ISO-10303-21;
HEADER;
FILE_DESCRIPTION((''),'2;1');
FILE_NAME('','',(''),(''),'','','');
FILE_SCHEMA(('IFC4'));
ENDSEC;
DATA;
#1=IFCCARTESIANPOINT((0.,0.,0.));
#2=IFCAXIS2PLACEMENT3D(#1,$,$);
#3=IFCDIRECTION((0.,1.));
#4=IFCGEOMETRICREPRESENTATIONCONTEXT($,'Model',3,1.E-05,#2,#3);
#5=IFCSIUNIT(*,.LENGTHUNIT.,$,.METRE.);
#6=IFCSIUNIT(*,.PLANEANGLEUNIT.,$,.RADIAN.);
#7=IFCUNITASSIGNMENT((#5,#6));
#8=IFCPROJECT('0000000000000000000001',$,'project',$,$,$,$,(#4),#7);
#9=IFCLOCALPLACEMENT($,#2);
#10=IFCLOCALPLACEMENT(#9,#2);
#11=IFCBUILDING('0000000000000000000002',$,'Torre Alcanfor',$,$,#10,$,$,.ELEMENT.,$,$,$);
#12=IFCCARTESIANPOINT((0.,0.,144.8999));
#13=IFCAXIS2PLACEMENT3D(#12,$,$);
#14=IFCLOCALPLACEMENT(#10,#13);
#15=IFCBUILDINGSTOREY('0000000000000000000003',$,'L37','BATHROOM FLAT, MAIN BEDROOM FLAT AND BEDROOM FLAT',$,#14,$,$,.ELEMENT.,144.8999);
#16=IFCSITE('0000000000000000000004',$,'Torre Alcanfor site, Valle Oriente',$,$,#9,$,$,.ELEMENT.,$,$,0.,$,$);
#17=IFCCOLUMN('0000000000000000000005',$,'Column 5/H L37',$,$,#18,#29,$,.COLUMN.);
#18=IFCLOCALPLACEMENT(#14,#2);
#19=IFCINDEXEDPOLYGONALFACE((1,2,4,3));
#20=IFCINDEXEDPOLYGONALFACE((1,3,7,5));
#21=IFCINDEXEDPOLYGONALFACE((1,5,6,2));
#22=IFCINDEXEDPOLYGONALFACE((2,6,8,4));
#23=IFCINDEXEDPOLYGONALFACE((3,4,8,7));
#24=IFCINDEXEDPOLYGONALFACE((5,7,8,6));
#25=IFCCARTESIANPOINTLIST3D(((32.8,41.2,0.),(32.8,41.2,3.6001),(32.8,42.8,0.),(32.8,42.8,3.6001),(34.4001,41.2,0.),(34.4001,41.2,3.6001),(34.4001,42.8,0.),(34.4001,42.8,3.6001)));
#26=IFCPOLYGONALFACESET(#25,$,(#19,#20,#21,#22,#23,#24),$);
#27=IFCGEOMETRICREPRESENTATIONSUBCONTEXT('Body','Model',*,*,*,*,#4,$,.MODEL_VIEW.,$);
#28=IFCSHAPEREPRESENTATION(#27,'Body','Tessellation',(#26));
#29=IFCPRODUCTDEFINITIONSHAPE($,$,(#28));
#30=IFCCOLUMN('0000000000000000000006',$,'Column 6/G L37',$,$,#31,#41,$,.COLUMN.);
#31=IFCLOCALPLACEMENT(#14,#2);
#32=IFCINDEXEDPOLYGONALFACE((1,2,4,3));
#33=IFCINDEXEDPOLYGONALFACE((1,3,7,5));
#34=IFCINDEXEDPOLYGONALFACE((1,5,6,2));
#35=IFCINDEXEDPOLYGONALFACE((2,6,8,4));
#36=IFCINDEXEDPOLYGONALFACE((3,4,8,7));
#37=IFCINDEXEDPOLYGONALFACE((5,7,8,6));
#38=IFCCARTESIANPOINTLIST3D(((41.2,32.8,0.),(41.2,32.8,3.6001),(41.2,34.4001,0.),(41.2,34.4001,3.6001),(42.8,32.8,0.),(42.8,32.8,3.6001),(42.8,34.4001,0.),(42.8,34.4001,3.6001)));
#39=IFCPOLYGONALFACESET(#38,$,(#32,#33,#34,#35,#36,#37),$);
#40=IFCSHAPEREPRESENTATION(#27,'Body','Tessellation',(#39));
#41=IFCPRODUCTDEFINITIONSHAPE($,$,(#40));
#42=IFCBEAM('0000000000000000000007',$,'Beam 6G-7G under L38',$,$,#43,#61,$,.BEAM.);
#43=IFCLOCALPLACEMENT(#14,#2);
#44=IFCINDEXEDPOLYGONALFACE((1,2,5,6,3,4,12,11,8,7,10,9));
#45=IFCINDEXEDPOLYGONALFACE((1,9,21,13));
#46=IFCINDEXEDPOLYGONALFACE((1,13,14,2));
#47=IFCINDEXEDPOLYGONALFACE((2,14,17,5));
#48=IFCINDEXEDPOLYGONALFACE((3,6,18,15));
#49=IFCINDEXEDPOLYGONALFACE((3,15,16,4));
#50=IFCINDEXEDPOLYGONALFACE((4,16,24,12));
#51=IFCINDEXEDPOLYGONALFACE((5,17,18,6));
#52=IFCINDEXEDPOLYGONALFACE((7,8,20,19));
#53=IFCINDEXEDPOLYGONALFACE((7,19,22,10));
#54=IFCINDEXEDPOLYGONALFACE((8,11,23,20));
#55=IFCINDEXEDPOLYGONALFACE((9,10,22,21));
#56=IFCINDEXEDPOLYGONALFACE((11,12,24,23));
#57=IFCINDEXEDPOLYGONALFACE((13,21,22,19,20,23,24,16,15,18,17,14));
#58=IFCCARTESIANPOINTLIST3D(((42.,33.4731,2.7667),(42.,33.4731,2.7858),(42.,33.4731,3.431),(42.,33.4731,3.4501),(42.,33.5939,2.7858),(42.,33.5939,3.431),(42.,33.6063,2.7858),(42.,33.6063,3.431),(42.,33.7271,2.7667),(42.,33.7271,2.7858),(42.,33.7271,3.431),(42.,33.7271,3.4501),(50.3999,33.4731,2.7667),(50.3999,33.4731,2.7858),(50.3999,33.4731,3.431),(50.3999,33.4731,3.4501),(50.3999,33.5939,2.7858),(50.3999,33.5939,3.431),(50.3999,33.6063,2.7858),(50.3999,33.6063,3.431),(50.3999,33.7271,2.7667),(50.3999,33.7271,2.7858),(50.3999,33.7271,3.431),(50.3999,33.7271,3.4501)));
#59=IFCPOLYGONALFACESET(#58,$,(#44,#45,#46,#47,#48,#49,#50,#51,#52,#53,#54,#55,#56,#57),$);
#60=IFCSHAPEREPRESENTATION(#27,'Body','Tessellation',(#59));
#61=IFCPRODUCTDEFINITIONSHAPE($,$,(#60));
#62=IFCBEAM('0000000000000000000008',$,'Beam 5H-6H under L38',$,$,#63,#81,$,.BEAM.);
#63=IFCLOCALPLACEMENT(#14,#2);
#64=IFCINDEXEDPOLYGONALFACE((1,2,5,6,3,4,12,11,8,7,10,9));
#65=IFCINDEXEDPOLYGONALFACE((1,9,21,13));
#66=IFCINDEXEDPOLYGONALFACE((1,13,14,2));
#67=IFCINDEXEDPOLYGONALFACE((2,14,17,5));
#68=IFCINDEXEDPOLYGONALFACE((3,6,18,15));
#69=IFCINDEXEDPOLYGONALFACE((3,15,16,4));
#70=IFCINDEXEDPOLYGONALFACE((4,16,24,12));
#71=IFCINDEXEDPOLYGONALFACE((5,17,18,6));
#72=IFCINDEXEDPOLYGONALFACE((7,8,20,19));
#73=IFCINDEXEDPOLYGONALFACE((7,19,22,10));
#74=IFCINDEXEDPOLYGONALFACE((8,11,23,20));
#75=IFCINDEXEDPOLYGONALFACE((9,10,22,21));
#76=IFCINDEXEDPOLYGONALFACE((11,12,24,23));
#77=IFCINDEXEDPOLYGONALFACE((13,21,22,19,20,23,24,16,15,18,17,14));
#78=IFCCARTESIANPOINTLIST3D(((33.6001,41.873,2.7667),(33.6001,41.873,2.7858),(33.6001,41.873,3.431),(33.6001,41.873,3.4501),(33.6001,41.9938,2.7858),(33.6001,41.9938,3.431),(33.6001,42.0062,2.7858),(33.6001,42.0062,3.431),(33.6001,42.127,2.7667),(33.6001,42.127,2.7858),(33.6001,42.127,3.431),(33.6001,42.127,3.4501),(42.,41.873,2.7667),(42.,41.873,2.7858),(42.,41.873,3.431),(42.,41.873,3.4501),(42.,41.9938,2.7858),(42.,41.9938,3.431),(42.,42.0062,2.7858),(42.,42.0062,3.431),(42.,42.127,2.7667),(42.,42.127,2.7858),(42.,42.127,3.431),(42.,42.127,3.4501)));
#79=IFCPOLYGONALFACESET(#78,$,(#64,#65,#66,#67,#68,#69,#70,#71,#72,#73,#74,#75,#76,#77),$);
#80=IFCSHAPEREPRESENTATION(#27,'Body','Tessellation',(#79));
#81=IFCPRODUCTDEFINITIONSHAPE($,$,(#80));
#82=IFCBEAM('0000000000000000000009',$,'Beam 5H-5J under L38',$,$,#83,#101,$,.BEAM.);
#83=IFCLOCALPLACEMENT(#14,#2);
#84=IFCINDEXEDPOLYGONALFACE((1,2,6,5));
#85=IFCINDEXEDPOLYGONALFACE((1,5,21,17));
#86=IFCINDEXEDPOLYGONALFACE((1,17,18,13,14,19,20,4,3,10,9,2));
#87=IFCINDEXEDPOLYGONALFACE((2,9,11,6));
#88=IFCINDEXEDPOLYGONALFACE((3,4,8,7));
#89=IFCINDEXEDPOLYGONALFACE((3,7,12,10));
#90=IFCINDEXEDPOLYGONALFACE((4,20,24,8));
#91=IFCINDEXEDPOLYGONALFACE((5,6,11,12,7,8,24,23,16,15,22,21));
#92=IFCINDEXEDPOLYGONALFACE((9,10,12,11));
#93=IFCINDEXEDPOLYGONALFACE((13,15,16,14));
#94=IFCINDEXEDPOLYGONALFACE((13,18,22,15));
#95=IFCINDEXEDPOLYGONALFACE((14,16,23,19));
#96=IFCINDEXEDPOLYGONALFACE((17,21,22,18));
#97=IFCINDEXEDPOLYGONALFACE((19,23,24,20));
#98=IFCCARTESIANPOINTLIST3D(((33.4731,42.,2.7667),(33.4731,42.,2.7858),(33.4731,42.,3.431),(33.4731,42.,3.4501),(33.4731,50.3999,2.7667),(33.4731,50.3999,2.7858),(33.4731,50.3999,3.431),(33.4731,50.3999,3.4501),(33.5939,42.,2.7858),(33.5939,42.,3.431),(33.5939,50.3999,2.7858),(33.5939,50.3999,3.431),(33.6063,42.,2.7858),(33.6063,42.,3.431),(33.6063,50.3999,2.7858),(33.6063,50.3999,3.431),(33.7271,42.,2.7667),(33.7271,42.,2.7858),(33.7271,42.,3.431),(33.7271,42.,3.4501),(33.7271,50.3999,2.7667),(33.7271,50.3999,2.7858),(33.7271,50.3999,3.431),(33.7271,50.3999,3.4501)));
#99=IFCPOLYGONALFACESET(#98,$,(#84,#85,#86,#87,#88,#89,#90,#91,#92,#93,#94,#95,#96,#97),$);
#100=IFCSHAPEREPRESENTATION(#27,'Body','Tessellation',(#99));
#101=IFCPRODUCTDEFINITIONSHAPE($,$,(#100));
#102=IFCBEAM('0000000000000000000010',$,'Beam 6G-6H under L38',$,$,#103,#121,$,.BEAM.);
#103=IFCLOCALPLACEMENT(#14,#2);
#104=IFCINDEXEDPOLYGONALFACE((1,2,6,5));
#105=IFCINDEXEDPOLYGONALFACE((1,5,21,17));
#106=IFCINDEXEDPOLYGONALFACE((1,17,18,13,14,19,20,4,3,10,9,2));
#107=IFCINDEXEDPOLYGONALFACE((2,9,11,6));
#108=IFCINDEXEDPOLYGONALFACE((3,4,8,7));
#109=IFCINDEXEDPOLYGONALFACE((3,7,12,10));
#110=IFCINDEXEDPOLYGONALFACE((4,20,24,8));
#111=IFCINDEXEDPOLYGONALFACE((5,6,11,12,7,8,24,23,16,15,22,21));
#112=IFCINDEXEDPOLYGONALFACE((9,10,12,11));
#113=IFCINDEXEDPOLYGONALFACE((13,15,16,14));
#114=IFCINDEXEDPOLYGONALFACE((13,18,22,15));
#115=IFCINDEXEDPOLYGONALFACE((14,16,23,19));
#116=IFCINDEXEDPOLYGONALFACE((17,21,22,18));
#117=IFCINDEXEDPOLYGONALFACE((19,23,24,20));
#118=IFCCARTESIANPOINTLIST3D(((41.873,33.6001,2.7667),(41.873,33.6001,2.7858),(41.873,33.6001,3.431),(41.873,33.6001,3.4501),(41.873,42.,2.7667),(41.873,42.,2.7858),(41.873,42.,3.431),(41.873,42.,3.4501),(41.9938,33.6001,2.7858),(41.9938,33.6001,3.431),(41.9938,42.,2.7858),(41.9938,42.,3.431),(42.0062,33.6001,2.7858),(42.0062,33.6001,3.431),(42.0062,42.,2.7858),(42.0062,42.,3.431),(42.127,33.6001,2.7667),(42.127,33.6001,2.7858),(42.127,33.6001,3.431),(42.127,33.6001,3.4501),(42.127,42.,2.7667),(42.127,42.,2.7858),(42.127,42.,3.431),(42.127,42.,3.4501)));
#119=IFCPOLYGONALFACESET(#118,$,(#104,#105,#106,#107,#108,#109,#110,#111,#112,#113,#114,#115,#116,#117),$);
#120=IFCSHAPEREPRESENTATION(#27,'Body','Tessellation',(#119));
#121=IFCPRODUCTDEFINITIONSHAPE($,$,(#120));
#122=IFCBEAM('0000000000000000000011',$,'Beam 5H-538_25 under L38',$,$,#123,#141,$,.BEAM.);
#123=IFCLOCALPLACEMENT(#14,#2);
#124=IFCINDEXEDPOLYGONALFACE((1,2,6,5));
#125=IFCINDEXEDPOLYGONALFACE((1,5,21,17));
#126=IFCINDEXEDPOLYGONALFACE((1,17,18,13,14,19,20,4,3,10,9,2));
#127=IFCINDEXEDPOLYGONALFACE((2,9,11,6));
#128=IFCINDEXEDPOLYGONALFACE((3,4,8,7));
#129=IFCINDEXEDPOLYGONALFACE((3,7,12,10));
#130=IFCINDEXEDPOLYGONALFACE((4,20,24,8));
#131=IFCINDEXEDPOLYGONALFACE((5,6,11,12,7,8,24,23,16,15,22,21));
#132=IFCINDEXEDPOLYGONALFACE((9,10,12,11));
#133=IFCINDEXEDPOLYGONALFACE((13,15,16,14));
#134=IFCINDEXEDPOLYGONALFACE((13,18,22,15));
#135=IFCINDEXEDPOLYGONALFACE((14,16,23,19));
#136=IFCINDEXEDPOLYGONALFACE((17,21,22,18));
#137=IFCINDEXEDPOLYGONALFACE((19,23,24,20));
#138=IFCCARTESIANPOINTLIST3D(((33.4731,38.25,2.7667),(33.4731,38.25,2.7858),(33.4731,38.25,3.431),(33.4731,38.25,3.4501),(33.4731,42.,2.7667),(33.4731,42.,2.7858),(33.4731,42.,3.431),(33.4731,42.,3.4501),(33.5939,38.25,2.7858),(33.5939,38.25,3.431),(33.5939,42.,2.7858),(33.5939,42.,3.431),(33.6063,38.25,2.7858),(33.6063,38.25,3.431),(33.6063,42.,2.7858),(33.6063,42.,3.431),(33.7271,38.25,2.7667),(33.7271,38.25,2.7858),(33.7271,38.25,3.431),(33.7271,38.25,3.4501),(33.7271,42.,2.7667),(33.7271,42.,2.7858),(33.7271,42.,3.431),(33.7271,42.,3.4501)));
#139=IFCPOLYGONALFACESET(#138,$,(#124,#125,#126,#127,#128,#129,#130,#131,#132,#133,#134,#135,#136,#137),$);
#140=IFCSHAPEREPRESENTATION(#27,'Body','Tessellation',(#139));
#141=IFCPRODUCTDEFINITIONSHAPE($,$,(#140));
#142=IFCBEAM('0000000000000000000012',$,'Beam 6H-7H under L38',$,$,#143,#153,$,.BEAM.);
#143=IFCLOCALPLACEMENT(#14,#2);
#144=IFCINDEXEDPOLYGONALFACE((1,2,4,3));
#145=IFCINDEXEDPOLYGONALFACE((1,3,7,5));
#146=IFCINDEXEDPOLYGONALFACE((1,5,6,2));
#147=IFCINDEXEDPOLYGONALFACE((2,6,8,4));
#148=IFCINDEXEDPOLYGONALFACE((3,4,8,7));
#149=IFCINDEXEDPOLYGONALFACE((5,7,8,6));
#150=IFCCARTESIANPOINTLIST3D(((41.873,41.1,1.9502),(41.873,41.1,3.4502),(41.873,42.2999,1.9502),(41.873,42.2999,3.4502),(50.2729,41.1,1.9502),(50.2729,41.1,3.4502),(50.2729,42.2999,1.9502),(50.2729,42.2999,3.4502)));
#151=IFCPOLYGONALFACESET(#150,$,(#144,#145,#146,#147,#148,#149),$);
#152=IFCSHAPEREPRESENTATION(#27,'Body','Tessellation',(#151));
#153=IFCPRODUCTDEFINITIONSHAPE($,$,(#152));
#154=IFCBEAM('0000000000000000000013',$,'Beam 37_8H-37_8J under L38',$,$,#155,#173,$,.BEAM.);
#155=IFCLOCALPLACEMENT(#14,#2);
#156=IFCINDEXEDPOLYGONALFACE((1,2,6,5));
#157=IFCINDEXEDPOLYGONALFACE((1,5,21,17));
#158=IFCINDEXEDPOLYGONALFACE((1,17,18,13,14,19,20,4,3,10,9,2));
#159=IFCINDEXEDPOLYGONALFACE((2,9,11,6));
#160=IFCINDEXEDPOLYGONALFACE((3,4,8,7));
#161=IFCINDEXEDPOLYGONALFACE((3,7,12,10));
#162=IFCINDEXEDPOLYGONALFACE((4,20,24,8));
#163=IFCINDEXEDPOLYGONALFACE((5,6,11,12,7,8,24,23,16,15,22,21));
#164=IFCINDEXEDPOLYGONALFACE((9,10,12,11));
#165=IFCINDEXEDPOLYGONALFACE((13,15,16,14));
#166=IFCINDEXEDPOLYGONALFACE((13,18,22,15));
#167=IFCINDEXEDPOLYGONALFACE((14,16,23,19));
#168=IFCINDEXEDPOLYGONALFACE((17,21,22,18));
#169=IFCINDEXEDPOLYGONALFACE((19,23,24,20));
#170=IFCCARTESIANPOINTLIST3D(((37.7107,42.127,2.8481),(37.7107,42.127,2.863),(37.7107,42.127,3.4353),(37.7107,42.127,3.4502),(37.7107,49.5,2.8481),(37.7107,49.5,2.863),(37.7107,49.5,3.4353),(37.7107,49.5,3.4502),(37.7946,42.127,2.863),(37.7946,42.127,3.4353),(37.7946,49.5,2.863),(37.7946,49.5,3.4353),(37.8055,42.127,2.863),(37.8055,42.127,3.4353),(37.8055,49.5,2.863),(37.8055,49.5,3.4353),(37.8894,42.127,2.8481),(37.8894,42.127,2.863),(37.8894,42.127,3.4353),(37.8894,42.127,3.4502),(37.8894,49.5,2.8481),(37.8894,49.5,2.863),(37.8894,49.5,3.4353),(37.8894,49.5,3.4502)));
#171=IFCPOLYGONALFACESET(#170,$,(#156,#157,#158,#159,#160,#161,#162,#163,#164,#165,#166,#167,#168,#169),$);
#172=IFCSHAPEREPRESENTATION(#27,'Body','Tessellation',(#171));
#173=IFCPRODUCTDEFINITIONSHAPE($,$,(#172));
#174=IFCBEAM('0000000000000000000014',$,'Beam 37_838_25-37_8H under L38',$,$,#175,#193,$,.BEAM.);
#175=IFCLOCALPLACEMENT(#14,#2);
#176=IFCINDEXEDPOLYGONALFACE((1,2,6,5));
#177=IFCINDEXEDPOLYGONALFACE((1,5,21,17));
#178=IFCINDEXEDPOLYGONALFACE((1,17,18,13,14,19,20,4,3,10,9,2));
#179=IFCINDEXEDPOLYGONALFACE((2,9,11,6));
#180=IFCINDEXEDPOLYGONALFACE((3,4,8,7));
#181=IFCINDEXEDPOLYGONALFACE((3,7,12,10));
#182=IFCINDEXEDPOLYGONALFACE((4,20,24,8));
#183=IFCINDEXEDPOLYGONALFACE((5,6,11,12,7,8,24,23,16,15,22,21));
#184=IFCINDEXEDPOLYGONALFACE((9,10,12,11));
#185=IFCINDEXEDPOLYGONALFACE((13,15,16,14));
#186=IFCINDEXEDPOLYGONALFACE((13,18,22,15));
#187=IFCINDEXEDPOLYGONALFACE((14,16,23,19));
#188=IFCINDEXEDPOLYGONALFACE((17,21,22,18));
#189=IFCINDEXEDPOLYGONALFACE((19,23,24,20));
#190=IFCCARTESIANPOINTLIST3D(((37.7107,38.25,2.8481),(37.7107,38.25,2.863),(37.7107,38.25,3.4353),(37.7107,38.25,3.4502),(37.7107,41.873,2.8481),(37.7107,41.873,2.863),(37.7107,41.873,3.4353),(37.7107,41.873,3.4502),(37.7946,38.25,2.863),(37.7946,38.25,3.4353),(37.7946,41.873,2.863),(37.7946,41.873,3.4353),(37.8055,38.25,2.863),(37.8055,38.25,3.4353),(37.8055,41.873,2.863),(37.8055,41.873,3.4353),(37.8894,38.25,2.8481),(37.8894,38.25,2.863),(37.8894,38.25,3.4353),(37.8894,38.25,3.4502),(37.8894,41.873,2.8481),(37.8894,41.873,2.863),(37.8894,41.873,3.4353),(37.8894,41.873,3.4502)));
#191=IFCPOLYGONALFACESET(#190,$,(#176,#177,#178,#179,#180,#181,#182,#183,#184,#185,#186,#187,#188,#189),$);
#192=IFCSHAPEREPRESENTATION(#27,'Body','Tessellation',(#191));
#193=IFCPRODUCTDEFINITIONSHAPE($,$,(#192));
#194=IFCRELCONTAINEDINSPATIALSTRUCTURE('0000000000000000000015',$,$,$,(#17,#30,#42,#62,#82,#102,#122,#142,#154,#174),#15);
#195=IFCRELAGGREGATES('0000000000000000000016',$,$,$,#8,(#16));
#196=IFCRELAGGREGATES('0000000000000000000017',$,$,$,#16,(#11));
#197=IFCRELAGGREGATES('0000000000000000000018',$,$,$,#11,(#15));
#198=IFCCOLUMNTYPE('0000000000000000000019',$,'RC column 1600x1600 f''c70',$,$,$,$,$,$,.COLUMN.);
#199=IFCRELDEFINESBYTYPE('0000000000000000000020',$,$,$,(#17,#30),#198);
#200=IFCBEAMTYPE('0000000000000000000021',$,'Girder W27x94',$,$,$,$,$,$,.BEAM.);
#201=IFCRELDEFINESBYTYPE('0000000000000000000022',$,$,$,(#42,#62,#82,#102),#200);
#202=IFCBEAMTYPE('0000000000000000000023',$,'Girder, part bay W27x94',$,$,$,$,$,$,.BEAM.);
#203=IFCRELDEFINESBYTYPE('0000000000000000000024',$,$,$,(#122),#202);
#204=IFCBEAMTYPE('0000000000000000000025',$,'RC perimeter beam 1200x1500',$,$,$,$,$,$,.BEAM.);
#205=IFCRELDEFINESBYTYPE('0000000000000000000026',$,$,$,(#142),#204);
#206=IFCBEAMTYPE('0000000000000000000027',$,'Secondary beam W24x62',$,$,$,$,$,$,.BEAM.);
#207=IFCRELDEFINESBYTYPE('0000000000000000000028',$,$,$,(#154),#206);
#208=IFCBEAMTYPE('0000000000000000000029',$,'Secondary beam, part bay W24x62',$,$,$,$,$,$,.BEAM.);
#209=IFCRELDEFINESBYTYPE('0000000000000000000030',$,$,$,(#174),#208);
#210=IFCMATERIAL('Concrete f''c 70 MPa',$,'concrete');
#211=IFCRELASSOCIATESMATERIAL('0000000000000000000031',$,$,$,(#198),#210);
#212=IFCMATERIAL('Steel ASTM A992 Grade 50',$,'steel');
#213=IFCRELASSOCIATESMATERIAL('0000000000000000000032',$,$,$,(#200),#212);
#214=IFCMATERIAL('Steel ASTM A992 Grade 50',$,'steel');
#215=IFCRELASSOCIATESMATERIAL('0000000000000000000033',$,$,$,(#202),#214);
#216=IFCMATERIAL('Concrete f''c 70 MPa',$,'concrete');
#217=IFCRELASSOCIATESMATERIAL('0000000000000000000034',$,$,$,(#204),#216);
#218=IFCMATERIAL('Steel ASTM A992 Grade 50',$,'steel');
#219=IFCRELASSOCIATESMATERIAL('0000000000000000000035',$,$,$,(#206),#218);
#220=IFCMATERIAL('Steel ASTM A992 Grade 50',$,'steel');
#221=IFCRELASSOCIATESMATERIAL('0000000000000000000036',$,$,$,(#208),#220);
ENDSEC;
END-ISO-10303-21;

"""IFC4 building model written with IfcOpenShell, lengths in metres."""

from ifc_helpers import new_model, si_unit, direction, frame, origin, origin_2d, place, context, subcontext, project, spatial, rectangle, i_section, extrude, material, material_profile, profile_set, type_object, element, save


model = new_model("IFC4")

# Units and contexts
model_context = context("Model", 3, precision=1e-05, world=origin(), true_north=direction((0.0, 1.0)))
body_context = subcontext(model_context, "Body", "Model", "MODEL_VIEW")
ifc_project = project(units=[si_unit("LENGTHUNIT", "METRE"), si_unit("PLANEANGLEUNIT", "RADIAN")], contexts=[model_context])

# Site, building, storey
site_placement = place(None, origin())
site = spatial("IfcSite", under=ifc_project, at=site_placement, Name="Torre Alcanfor site, Valle Oriente", CompositionType="ELEMENT", RefElevation=0.0)
building_placement = place(site_placement, origin())
building = spatial("IfcBuilding", under=site, at=building_placement, Name="Torre Alcanfor", CompositionType="ELEMENT")
storey_placement = place(building_placement, frame((0.0, 0.0, 144.8999)))
storey = spatial("IfcBuildingStorey", under=building, at=storey_placement, Name="L37", Description="BATHROOM FLAT, MAIN BEDROOM FLAT AND BEDROOM FLAT", CompositionType="ELEMENT", Elevation=144.8999)

# Columns
ifc_material_1 = material(Name="Concrete f'c 70 MPa", Category="concrete")
ifc_material_profile_1 = material_profile(ifc_material_1, rectangle(XDim=1.6001, YDim=1.6001, at=origin_2d()), Name="1600x1600")
ifc_profile_set_1 = profile_set([ifc_material_profile_1], Name="Concrete f'c 70 MPa")
column_type = type_object("IfcColumnType", Name="RC column 1600x1600 f'c70", PredefinedType="COLUMN", material=ifc_profile_set_1)
for number, where, z_axis, x_axis, name in (
    (1, (33.6001, 42.0, 0.0), (0.0, 0.0, 1.0), (1.0, 0.0, 0.0), "Column 5/H L37"),
    (2, (42.0, 33.6001, 0.0), (0.0, 0.0, 1.0), (1.0, 0.0, 0.0), "Column 6/G L37"),
):
    element("IfcColumn", number, at=place(storey_placement, frame(where, z_axis=z_axis, x_axis=x_axis)), inside=storey, type_object=column_type, Name=name, PredefinedType="COLUMN", context=body_context, shape_type="SweptSolid", body=[
        extrude(rectangle(XDim=1.6001, YDim=1.6001, at=origin_2d()), origin(), (0.0, 0.0, 1.0), 3.6001),
    ])

# Beams
ifc_material_2 = material(Name="Steel ASTM A992 Grade 50", Category="steel")
ifc_material_profile_2 = material_profile(ifc_material_2, i_section(OverallWidth=0.2539, OverallDepth=0.6833, WebThickness=0.0125, FlangeThickness=0.019, at=origin_2d()), Name="W27x94")
ifc_profile_set_2 = profile_set([ifc_material_profile_2], Name="Steel ASTM A992 Grade 50")
beam_type_1 = type_object("IfcBeamType", Name="Girder W27x94", PredefinedType="BEAM", material=ifc_profile_set_2)
for number, where, z_axis, x_axis, name in (
    (3, (42.0, 33.6001, 3.1084), (1.0, 0.0, 0.0), (0.0, 1.0, 0.0), "Beam 6G-7G under L38"),
    (4, (33.6001, 42.0, 3.1084), (1.0, 0.0, 0.0), (0.0, 1.0, 0.0), "Beam 5H-6H under L38"),
    (5, (33.6001, 42.0, 3.1084), (0.0, 1.0, 0.0), (-1.0, 0.0, 0.0), "Beam 5H-5J under L38"),
    (6, (42.0, 33.6001, 3.1084), (0.0, 1.0, 0.0), (-1.0, 0.0, 0.0), "Beam 6G-6H under L38"),
):
    element("IfcBeam", number, at=place(storey_placement, frame(where, z_axis=z_axis, x_axis=x_axis)), inside=storey, type_object=beam_type_1, Name=name, PredefinedType="BEAM", context=body_context, shape_type="SweptSolid", body=[
        extrude(i_section(OverallWidth=0.2539, OverallDepth=0.6833, WebThickness=0.0125, FlangeThickness=0.019, at=origin_2d()), origin(), (0.0, 0.0, 1.0), 8.3999),
    ])
ifc_material_3 = material(Name="Steel ASTM A992 Grade 50", Category="steel")
ifc_material_profile_3 = material_profile(ifc_material_3, i_section(OverallWidth=0.2539, OverallDepth=0.6833, WebThickness=0.0125, FlangeThickness=0.019, at=origin_2d()), Name="W27x94")
ifc_profile_set_3 = profile_set([ifc_material_profile_3], Name="Steel ASTM A992 Grade 50")
beam_type_2 = type_object("IfcBeamType", Name="Girder, part bay W27x94", PredefinedType="BEAM", material=ifc_profile_set_3)
beam_1_placement = place(storey_placement, frame((33.6001, 42.0, 3.1084), z_axis=(0.0, -1.0, 0.0), x_axis=(1.0, 0.0, 0.0)))
element("IfcBeam", 7, at=beam_1_placement, inside=storey, type_object=beam_type_2, Name="Beam 5H-538_25 under L38", PredefinedType="BEAM", context=body_context, shape_type="SweptSolid", body=[
    extrude(i_section(OverallWidth=0.2539, OverallDepth=0.6833, WebThickness=0.0125, FlangeThickness=0.019, at=origin_2d()), origin(), (0.0, 0.0, 1.0), 3.75),
])
ifc_material_4 = material(Name="Concrete f'c 70 MPa", Category="concrete")
ifc_material_profile_4 = material_profile(ifc_material_4, rectangle(XDim=1.2, YDim=1.5, at=origin_2d()), Name="1200x1500")
ifc_profile_set_4 = profile_set([ifc_material_profile_4], Name="Concrete f'c 70 MPa")
beam_type_3 = type_object("IfcBeamType", Name="RC perimeter beam 1200x1500", PredefinedType="BEAM", material=ifc_profile_set_4)
beam_2_placement = place(storey_placement, frame((41.873, 41.7, 2.7002), z_axis=(1.0, 0.0, 0.0), x_axis=(0.0, 1.0, 0.0)))
element("IfcBeam", 8, at=beam_2_placement, inside=storey, type_object=beam_type_3, Name="Beam 6H-7H under L38", PredefinedType="BEAM", context=body_context, shape_type="SweptSolid", body=[
    extrude(rectangle(XDim=1.2, YDim=1.5, at=origin_2d()), origin(), (0.0, 0.0, 1.0), 8.3999),
])
ifc_material_5 = material(Name="Steel ASTM A992 Grade 50", Category="steel")
ifc_material_profile_5 = material_profile(ifc_material_5, i_section(OverallWidth=0.1787, OverallDepth=0.6021, WebThickness=0.011, FlangeThickness=0.0149, at=origin_2d()), Name="W24x62")
ifc_profile_set_5 = profile_set([ifc_material_profile_5], Name="Steel ASTM A992 Grade 50")
beam_type_4 = type_object("IfcBeamType", Name="Secondary beam W24x62", PredefinedType="BEAM", material=ifc_profile_set_5)
beam_3_placement = place(storey_placement, frame((37.8, 42.127, 3.1492), z_axis=(0.0, 1.0, 0.0), x_axis=(-1.0, 0.0, 0.0)))
element("IfcBeam", 9, at=beam_3_placement, inside=storey, type_object=beam_type_4, Name="Beam 37_8H-37_8J under L38", PredefinedType="BEAM", context=body_context, shape_type="SweptSolid", body=[
    extrude(i_section(OverallWidth=0.1787, OverallDepth=0.6021, WebThickness=0.011, FlangeThickness=0.0149, at=origin_2d()), origin(), (0.0, 0.0, 1.0), 7.373),
])
ifc_material_6 = material(Name="Steel ASTM A992 Grade 50", Category="steel")
ifc_material_profile_6 = material_profile(ifc_material_6, i_section(OverallWidth=0.1787, OverallDepth=0.6021, WebThickness=0.011, FlangeThickness=0.0149, at=origin_2d()), Name="W24x62")
ifc_profile_set_6 = profile_set([ifc_material_profile_6], Name="Steel ASTM A992 Grade 50")
beam_type_5 = type_object("IfcBeamType", Name="Secondary beam, part bay W24x62", PredefinedType="BEAM", material=ifc_profile_set_6)
beam_4_placement = place(storey_placement, frame((37.8, 38.25, 3.1492), z_axis=(0.0, 1.0, 0.0), x_axis=(-1.0, 0.0, 0.0)))
element("IfcBeam", 10, at=beam_4_placement, inside=storey, type_object=beam_type_5, Name="Beam 37_838_25-37_8H under L38", PredefinedType="BEAM", context=body_context, shape_type="SweptSolid", body=[
    extrude(i_section(OverallWidth=0.1787, OverallDepth=0.6021, WebThickness=0.011, FlangeThickness=0.0149, at=origin_2d()), origin(), (0.0, 0.0, 1.0), 3.623),
])

save(model, "model.ifc")
